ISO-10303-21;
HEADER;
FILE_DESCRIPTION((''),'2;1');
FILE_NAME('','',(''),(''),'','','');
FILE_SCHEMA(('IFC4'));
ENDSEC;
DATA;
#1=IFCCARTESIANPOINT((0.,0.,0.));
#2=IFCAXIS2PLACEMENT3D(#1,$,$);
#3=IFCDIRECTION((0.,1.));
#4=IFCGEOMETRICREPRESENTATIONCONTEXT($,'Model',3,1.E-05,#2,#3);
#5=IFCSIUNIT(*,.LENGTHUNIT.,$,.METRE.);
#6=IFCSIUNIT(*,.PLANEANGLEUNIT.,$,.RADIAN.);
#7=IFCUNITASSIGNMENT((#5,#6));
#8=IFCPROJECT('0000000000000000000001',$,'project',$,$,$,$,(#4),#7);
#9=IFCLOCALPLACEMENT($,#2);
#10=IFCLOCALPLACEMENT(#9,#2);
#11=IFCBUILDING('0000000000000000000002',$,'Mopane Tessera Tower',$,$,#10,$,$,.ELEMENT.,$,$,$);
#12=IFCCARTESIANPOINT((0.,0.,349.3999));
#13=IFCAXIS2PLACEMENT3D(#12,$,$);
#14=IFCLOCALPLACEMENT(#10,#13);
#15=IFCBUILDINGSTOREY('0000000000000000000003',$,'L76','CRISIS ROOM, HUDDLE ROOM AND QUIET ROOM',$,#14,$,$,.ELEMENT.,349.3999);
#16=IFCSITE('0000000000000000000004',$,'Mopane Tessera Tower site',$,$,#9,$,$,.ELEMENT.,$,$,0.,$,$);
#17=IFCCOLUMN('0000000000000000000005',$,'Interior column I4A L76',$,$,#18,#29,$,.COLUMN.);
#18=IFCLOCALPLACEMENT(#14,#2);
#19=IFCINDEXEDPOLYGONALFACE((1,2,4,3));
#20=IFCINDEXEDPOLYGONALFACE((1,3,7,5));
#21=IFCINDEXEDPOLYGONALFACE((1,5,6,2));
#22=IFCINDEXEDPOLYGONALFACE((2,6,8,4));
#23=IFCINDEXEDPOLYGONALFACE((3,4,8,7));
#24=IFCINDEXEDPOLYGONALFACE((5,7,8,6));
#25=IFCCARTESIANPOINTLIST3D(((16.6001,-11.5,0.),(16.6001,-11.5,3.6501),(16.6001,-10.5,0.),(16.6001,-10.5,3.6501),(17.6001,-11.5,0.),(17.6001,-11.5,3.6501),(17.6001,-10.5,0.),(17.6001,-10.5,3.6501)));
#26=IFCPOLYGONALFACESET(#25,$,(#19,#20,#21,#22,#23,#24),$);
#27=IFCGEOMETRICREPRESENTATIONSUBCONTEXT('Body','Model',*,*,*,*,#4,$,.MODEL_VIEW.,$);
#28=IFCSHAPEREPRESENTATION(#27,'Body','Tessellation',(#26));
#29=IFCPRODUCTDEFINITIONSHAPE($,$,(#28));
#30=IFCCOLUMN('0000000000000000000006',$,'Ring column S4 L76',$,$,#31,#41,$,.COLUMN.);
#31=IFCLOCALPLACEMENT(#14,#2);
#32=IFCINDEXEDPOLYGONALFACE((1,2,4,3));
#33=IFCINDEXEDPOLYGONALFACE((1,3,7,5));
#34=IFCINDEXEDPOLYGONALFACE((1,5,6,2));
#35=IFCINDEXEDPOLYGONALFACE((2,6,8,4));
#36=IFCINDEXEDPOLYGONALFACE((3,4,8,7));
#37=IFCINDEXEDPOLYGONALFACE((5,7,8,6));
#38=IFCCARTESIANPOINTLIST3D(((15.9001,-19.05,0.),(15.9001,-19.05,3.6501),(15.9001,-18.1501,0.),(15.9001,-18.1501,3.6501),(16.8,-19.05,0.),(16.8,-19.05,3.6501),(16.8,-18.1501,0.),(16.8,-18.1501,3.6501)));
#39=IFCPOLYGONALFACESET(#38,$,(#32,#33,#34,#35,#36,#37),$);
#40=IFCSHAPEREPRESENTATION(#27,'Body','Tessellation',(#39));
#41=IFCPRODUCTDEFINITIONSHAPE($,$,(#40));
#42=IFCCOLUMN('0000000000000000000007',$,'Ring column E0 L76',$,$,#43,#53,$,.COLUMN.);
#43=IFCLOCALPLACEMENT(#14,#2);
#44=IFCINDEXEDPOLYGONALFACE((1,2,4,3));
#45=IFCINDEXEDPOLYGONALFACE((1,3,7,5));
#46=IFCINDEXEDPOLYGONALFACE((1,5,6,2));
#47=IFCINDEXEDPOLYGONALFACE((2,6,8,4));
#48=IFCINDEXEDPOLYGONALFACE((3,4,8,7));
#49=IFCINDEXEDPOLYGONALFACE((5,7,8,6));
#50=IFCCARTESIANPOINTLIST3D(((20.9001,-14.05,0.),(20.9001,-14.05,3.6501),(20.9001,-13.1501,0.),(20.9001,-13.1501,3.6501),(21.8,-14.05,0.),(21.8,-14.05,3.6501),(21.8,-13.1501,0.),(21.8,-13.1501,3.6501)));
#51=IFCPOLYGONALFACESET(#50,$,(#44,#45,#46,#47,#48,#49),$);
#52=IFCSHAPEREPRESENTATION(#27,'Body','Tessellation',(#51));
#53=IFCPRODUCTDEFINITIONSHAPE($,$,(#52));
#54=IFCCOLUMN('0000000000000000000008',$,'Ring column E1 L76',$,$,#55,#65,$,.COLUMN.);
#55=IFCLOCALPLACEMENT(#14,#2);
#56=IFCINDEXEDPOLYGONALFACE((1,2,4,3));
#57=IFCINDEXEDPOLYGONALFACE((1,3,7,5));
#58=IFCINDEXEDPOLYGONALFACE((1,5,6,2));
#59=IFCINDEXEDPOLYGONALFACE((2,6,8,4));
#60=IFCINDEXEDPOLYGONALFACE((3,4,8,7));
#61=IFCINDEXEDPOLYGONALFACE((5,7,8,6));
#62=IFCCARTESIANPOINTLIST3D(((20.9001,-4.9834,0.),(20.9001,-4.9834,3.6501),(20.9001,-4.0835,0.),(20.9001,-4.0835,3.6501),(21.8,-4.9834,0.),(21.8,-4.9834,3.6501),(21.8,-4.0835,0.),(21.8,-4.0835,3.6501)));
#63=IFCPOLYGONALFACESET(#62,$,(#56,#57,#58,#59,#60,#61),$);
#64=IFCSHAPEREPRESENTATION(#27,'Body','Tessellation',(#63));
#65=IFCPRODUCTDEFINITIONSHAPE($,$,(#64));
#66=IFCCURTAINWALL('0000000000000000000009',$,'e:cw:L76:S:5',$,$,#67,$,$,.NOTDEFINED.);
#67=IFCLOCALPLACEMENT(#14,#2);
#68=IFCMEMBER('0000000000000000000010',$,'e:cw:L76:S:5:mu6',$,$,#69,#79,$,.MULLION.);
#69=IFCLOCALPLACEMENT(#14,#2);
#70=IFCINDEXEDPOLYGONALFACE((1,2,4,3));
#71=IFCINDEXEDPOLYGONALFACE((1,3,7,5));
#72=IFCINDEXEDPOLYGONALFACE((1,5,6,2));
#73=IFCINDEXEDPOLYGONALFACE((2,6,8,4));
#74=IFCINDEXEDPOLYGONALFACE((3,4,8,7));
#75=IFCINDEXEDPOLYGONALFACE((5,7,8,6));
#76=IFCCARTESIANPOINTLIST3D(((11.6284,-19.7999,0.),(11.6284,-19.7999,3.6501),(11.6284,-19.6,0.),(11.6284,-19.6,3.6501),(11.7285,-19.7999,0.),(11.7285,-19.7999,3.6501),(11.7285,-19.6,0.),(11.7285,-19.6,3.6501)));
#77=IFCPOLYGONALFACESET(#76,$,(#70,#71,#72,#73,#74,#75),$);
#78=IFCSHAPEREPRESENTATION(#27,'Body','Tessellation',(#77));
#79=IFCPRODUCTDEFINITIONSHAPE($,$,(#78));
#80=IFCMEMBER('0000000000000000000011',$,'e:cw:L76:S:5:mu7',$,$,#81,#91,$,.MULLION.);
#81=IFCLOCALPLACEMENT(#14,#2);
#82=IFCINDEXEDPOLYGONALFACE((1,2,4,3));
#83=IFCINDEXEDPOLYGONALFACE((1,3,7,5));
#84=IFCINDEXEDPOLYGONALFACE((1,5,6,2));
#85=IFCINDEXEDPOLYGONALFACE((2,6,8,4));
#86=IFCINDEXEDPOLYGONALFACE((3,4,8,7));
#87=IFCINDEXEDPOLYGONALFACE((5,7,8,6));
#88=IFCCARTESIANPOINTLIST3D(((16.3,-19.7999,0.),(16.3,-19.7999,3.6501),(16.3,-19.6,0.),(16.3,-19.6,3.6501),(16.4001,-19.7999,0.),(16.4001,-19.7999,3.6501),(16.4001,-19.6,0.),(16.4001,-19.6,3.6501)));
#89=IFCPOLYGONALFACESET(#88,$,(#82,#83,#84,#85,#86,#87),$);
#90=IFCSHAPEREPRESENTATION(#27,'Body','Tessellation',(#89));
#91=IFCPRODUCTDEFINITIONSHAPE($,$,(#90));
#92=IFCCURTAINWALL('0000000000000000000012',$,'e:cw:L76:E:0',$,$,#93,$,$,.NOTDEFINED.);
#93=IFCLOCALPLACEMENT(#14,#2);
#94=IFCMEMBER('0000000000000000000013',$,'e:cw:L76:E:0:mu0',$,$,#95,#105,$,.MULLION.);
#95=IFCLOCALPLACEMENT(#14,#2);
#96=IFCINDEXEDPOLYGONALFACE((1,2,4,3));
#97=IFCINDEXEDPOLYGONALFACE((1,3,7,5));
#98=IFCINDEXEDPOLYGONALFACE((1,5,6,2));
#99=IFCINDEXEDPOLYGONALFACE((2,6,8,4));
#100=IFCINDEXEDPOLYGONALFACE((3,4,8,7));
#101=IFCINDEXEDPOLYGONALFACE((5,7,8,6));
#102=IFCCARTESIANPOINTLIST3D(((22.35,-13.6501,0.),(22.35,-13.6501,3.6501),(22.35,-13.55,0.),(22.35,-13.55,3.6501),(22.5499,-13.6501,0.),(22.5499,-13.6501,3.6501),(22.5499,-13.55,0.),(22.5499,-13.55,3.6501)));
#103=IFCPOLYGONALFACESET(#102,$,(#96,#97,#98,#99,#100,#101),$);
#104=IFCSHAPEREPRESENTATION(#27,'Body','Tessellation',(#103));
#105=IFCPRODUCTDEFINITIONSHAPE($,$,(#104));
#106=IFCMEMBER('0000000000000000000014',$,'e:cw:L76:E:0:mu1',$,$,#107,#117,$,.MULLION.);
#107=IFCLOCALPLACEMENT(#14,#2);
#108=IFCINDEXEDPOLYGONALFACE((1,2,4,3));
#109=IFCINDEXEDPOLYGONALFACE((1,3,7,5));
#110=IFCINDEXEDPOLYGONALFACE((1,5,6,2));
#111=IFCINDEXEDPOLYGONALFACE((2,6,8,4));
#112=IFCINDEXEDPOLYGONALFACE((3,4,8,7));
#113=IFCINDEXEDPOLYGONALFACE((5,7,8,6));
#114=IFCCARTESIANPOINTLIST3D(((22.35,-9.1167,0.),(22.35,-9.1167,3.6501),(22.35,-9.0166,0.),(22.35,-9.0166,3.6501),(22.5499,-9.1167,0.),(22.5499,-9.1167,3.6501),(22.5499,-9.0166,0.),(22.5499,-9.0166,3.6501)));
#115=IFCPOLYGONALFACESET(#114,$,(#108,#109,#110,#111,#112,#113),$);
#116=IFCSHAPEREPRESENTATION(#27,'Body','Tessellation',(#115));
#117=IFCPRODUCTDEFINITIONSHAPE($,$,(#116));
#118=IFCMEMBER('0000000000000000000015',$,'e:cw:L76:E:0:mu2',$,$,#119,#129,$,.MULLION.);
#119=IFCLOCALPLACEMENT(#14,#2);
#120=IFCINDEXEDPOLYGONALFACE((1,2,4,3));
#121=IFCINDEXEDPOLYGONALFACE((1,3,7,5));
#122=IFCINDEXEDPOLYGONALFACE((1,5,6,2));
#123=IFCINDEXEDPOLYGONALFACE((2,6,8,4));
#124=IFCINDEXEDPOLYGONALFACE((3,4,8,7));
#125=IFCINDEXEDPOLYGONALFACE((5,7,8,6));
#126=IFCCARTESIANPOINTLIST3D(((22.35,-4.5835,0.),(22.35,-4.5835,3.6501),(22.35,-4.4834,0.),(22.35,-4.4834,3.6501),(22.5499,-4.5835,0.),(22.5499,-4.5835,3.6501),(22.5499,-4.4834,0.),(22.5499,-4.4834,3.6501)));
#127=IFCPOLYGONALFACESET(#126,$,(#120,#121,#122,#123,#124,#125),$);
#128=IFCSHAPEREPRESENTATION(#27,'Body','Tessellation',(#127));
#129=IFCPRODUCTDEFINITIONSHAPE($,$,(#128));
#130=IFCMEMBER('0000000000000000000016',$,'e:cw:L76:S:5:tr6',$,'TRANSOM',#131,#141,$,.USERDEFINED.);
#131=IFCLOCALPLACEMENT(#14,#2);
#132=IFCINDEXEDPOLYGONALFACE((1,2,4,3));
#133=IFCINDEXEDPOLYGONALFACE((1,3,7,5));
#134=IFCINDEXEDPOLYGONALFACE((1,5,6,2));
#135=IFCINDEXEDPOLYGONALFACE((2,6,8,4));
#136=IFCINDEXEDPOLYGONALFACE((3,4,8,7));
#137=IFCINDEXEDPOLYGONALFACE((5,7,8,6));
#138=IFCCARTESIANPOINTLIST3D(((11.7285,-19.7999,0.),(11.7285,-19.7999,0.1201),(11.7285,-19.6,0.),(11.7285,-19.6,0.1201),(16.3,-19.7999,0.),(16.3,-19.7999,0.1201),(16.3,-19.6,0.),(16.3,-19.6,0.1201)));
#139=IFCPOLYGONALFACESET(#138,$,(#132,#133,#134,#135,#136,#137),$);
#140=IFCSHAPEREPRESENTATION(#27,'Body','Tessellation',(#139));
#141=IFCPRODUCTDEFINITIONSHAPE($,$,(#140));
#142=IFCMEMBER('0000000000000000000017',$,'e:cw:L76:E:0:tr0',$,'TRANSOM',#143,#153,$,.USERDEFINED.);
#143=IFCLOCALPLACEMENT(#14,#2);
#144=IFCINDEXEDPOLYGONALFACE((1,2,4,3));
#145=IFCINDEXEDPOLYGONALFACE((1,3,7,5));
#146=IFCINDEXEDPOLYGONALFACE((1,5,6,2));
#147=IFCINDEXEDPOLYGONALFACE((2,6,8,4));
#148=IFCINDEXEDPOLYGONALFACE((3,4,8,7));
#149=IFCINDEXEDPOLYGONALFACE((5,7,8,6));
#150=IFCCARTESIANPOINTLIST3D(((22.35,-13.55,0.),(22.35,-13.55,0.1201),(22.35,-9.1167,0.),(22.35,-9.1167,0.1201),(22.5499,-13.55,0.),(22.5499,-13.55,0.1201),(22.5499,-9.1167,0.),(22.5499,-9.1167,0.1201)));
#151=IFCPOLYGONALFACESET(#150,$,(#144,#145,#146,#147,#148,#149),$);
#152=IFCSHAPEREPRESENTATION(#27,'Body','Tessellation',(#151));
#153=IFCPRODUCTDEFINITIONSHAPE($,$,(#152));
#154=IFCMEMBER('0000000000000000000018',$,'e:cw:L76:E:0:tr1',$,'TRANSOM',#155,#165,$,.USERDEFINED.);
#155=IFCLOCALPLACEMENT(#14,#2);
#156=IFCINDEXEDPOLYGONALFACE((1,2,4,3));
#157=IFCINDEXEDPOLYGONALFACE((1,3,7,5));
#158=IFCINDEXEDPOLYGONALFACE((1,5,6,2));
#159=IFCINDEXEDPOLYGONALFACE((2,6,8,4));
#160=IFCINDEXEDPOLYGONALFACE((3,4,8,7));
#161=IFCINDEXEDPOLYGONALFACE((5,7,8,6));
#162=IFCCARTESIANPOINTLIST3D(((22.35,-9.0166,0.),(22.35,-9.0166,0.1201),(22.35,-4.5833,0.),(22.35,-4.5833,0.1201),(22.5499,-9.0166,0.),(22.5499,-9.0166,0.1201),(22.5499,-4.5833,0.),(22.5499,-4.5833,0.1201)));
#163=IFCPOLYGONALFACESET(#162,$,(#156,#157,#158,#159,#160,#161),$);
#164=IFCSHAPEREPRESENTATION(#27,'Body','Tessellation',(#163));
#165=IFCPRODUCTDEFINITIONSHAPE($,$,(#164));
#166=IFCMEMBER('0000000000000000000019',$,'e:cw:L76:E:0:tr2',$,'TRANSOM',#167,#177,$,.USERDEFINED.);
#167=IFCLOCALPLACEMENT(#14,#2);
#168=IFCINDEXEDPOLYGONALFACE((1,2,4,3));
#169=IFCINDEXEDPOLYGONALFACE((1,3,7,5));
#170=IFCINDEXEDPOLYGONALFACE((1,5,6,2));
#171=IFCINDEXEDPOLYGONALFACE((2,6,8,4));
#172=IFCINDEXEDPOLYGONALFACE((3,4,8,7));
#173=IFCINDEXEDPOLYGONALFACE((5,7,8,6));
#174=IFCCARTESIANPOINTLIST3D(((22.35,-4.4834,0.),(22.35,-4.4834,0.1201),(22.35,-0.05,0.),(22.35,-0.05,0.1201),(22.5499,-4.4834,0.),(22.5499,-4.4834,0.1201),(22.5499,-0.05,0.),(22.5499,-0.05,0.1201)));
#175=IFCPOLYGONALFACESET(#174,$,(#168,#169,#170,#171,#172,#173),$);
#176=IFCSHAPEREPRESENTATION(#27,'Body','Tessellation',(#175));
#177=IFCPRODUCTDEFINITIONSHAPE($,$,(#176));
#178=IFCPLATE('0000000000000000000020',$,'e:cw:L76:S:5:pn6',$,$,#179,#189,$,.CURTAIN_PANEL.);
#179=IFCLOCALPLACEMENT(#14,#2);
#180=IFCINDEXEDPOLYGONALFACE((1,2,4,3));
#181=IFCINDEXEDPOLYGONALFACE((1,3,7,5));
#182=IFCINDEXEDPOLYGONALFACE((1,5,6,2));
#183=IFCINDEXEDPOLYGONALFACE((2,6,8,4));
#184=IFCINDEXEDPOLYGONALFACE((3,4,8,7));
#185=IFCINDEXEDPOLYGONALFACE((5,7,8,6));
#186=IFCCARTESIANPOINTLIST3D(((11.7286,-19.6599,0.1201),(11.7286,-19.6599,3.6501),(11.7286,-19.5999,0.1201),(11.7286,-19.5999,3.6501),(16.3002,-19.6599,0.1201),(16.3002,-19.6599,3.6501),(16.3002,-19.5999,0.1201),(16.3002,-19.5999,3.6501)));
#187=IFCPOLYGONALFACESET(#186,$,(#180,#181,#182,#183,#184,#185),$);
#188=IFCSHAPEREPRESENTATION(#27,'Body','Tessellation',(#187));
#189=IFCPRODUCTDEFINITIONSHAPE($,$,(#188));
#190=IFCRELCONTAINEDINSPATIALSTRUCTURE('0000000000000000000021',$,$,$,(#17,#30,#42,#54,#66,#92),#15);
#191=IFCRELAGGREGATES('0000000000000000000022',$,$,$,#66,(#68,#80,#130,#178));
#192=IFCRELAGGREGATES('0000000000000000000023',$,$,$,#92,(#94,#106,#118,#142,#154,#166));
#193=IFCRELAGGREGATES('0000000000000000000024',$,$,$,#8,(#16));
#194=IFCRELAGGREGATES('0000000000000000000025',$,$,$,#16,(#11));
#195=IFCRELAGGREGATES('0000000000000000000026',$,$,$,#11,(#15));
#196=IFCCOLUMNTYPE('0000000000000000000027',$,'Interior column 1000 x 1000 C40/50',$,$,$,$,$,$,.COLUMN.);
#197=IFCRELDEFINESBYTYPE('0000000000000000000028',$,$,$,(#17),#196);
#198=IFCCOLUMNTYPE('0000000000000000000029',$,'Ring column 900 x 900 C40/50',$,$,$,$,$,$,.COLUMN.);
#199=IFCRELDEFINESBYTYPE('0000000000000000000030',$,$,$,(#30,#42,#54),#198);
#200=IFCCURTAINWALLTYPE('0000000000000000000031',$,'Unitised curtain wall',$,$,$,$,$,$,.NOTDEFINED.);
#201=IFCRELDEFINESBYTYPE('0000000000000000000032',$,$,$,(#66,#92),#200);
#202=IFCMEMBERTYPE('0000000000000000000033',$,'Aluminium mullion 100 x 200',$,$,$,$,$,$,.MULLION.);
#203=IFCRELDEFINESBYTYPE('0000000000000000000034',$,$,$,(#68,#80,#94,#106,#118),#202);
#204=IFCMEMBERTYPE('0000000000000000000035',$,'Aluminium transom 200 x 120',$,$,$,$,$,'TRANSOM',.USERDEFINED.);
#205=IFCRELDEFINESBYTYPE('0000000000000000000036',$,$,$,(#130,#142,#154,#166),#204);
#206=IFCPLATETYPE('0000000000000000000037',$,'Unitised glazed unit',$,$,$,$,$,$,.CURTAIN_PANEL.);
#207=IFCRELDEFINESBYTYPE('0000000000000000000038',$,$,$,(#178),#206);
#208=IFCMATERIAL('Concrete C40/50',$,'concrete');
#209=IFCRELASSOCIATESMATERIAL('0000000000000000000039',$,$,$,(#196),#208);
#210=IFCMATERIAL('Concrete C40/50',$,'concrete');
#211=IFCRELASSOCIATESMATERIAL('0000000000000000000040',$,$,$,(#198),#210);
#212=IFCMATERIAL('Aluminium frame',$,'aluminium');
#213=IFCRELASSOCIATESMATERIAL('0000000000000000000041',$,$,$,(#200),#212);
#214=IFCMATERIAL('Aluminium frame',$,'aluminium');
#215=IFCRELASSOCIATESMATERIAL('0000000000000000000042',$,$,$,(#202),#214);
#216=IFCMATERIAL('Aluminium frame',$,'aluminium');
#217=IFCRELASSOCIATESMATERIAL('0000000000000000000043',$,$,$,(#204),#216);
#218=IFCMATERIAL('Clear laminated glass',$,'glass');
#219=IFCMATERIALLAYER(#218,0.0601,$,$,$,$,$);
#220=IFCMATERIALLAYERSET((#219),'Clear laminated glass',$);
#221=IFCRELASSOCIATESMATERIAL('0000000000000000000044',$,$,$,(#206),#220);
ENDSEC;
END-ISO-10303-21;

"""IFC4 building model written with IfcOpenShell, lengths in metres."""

from ifc_helpers import new_model, si_unit, direction, frame, origin, origin_2d, place, context, subcontext, project, spatial, rectangle, extrude, material, layer, layer_set, material_profile, profile_set, type_object, element, aggregate, save


model = new_model("IFC4")

# Units and contexts
model_context = context("Model", 3, precision=1e-05, world=origin(), true_north=direction((0.0, 1.0)))
body_context = subcontext(model_context, "Body", "Model", "MODEL_VIEW")
ifc_project = project(units=[si_unit("LENGTHUNIT", "METRE"), si_unit("PLANEANGLEUNIT", "RADIAN")], contexts=[model_context])

# Site, building, storey
site_placement = place(None, origin())
site = spatial("IfcSite", under=ifc_project, at=site_placement, Name="Mopane Tessera Tower site", CompositionType="ELEMENT", RefElevation=0.0)
building_placement = place(site_placement, origin())
building = spatial("IfcBuilding", under=site, at=building_placement, Name="Mopane Tessera Tower", CompositionType="ELEMENT")
storey_placement = place(building_placement, frame((0.0, 0.0, 349.3999)))
storey = spatial("IfcBuildingStorey", under=building, at=storey_placement, Name="L76", Description="CRISIS ROOM, HUDDLE ROOM AND QUIET ROOM", CompositionType="ELEMENT", Elevation=349.3999)

# Columns
ifc_material_1 = material(Name="Concrete C40/50", Category="concrete")
ifc_material_profile_1 = material_profile(ifc_material_1, rectangle(XDim=1.0, YDim=1.0, at=origin_2d()))
ifc_profile_set_1 = profile_set([ifc_material_profile_1], Name="Concrete C40/50")
column_type_1 = type_object("IfcColumnType", Name="Interior column 1000 x 1000 C40/50", PredefinedType="COLUMN", material=ifc_profile_set_1)
column_placement = place(storey_placement, frame((17.1001, -11.0, 0.0), z_axis=(0.0, 0.0, 1.0), x_axis=(1.0, 0.0, 0.0)))
element("IfcColumn", 1, at=column_placement, inside=storey, type_object=column_type_1, Name="Interior column I4A L76", PredefinedType="COLUMN", context=body_context, shape_type="SweptSolid", body=[
    extrude(rectangle(XDim=1.0, YDim=1.0, at=origin_2d()), origin(), (0.0, 0.0, 1.0), 3.6501),
])
ifc_material_2 = material(Name="Concrete C40/50", Category="concrete")
ifc_material_profile_2 = material_profile(ifc_material_2, rectangle(XDim=0.8999, YDim=0.8999, at=origin_2d()))
ifc_profile_set_2 = profile_set([ifc_material_profile_2], Name="Concrete C40/50")
column_type_2 = type_object("IfcColumnType", Name="Ring column 900 x 900 C40/50", PredefinedType="COLUMN", material=ifc_profile_set_2)
for number, where, z_axis, x_axis, name in (
    (2, (16.3501, -18.6001, 0.0), (0.0, 0.0, 1.0), (1.0, 0.0, 0.0), "Ring column S4 L76"),
    (3, (21.3501, -13.6001, 0.0), (0.0, 0.0, 1.0), (1.0, 0.0, 0.0), "Ring column E0 L76"),
    (4, (21.3501, -4.5334, 0.0), (0.0, 0.0, 1.0), (1.0, 0.0, 0.0), "Ring column E1 L76"),
):
    element("IfcColumn", number, at=place(storey_placement, frame(where, z_axis=z_axis, x_axis=x_axis)), inside=storey, type_object=column_type_2, Name=name, PredefinedType="COLUMN", context=body_context, shape_type="SweptSolid", body=[
        extrude(rectangle(XDim=0.8999, YDim=0.8999, at=origin_2d()), origin(), (0.0, 0.0, 1.0), 3.6501),
    ])

# Curtain walls, members
ifc_material_3 = material(Name="Aluminium frame", Category="aluminium")
curtain_wall_type = type_object("IfcCurtainWallType", Name="Unitised curtain wall", PredefinedType="NOTDEFINED", material=ifc_material_3)
curtain_wall_1_placement = place(storey_placement, origin())
curtain_wall_1 = element("IfcCurtainWall", 5, at=curtain_wall_1_placement, inside=storey, type_object=curtain_wall_type, Name="e:cw:L76:S:5", PredefinedType="NOTDEFINED")
ifc_material_4 = material(Name="Aluminium frame", Category="aluminium")
ifc_material_profile_3 = material_profile(ifc_material_4, rectangle(XDim=0.1001, YDim=0.2, at=origin_2d()))
ifc_profile_set_3 = profile_set([ifc_material_profile_3], Name="Aluminium frame")
member_type_1 = type_object("IfcMemberType", Name="Aluminium mullion 100 x 200", PredefinedType="MULLION", material=ifc_profile_set_3)
member_1_placement = place(storey_placement, frame((11.6785, -19.7, 0.0), z_axis=(0.0, 0.0, 1.0), x_axis=(1.0, 0.0, 0.0)))
member_1 = element("IfcMember", 6, at=member_1_placement, type_object=member_type_1, Name="e:cw:L76:S:5:mu6", PredefinedType="MULLION", context=body_context, shape_type="SweptSolid", body=[
    extrude(rectangle(XDim=0.1001, YDim=0.2, at=origin_2d()), origin(), (0.0, 0.0, 1.0), 3.6501),
])
member_2_placement = place(storey_placement, frame((16.3501, -19.7, 0.0), z_axis=(0.0, 0.0, 1.0), x_axis=(1.0, 0.0, 0.0)))
member_2 = element("IfcMember", 7, at=member_2_placement, type_object=member_type_1, Name="e:cw:L76:S:5:mu7", PredefinedType="MULLION", context=body_context, shape_type="SweptSolid", body=[
    extrude(rectangle(XDim=0.1001, YDim=0.2, at=origin_2d()), origin(), (0.0, 0.0, 1.0), 3.6501),
])
curtain_wall_2_placement = place(storey_placement, origin())
curtain_wall_2 = element("IfcCurtainWall", 8, at=curtain_wall_2_placement, inside=storey, type_object=curtain_wall_type, Name="e:cw:L76:E:0", PredefinedType="NOTDEFINED")
member_3_placement = place(storey_placement, frame((22.45, -13.6001, 0.0), z_axis=(0.0, 0.0, 1.0), x_axis=(0.0, 1.0, 0.0)))
member_3 = element("IfcMember", 9, at=member_3_placement, type_object=member_type_1, Name="e:cw:L76:E:0:mu0", PredefinedType="MULLION", context=body_context, shape_type="SweptSolid", body=[
    extrude(rectangle(XDim=0.1001, YDim=0.2, at=origin_2d()), origin(), (0.0, 0.0, 1.0), 3.6501),
])
member_4_placement = place(storey_placement, frame((22.45, -9.0667, 0.0), z_axis=(0.0, 0.0, 1.0), x_axis=(0.0, 1.0, 0.0)))
member_4 = element("IfcMember", 10, at=member_4_placement, type_object=member_type_1, Name="e:cw:L76:E:0:mu1", PredefinedType="MULLION", context=body_context, shape_type="SweptSolid", body=[
    extrude(rectangle(XDim=0.1001, YDim=0.2, at=origin_2d()), origin(), (0.0, 0.0, 1.0), 3.6501),
])
member_5_placement = place(storey_placement, frame((22.45, -4.5334, 0.0), z_axis=(0.0, 0.0, 1.0), x_axis=(0.0, 1.0, 0.0)))
member_5 = element("IfcMember", 11, at=member_5_placement, type_object=member_type_1, Name="e:cw:L76:E:0:mu2", PredefinedType="MULLION", context=body_context, shape_type="SweptSolid", body=[
    extrude(rectangle(XDim=0.1001, YDim=0.2, at=origin_2d()), origin(), (0.0, 0.0, 1.0), 3.6501),
])

# Members
ifc_material_5 = material(Name="Aluminium frame", Category="aluminium")
ifc_material_profile_4 = material_profile(ifc_material_5, rectangle(XDim=0.2, YDim=0.1201, at=origin_2d()))
ifc_profile_set_4 = profile_set([ifc_material_profile_4], Name="Aluminium frame")
member_type_2 = type_object("IfcMemberType", Name="Aluminium transom 200 x 120", ElementType="TRANSOM", PredefinedType="USERDEFINED", material=ifc_profile_set_4)
member_6_placement = place(storey_placement, frame((11.7285, -19.7, 0.0601), z_axis=(1.0, 0.0, 0.0), x_axis=(0.0, 1.0, 0.0)))
member_6 = element("IfcMember", 12, at=member_6_placement, type_object=member_type_2, Name="e:cw:L76:S:5:tr6", ObjectType="TRANSOM", PredefinedType="USERDEFINED", context=body_context, shape_type="SweptSolid", body=[
    extrude(rectangle(XDim=0.2, YDim=0.1201, at=origin_2d()), origin(), (0.0, 0.0, 1.0), 4.5715),
])
member_7_placement = place(storey_placement, frame((22.45, -13.55, 0.0601), z_axis=(0.0, 1.0, 0.0), x_axis=(-1.0, 0.0, 0.0)))
member_7 = element("IfcMember", 13, at=member_7_placement, type_object=member_type_2, Name="e:cw:L76:E:0:tr0", ObjectType="TRANSOM", PredefinedType="USERDEFINED", context=body_context, shape_type="SweptSolid", body=[
    extrude(rectangle(XDim=0.2, YDim=0.1201, at=origin_2d()), origin(), (0.0, 0.0, 1.0), 4.4333),
])
member_8_placement = place(storey_placement, frame((22.45, -9.0166, 0.0601), z_axis=(0.0, 1.0, 0.0), x_axis=(-1.0, 0.0, 0.0)))
member_8 = element("IfcMember", 14, at=member_8_placement, type_object=member_type_2, Name="e:cw:L76:E:0:tr1", ObjectType="TRANSOM", PredefinedType="USERDEFINED", context=body_context, shape_type="SweptSolid", body=[
    extrude(rectangle(XDim=0.2, YDim=0.1201, at=origin_2d()), origin(), (0.0, 0.0, 1.0), 4.4333),
])
member_9_placement = place(storey_placement, frame((22.45, -4.4834, 0.0601), z_axis=(0.0, 1.0, 0.0), x_axis=(-1.0, 0.0, 0.0)))
member_9 = element("IfcMember", 15, at=member_9_placement, type_object=member_type_2, Name="e:cw:L76:E:0:tr2", ObjectType="TRANSOM", PredefinedType="USERDEFINED", context=body_context, shape_type="SweptSolid", body=[
    extrude(rectangle(XDim=0.2, YDim=0.1201, at=origin_2d()), origin(), (0.0, 0.0, 1.0), 4.4333),
])

# Plate
ifc_material_6 = material(Name="Clear laminated glass", Category="glass")
ifc_layer_1 = layer(ifc_material_6, 0.0601)
ifc_layer_set_1 = layer_set([ifc_layer_1], Name="Clear laminated glass")
plate_type = type_object("IfcPlateType", Name="Unitised glazed unit", PredefinedType="CURTAIN_PANEL", material=ifc_layer_set_1)
plate_1_placement = place(storey_placement, frame((14.0144, -19.6299, 0.1201), z_axis=(0.0, 0.0, 1.0), x_axis=(1.0, 0.0, 0.0)))
plate_1 = element("IfcPlate", 16, at=plate_1_placement, type_object=plate_type, Name="e:cw:L76:S:5:pn6", PredefinedType="CURTAIN_PANEL", context=body_context, shape_type="SweptSolid", body=[
    extrude(rectangle(XDim=4.5715, YDim=0.0601, at=origin_2d()), origin(), (0.0, 0.0, 1.0), 3.53),
])
aggregate(curtain_wall_1, [member_1, member_2, member_6, plate_1])
aggregate(curtain_wall_2, [member_3, member_4, member_5, member_7, member_8, member_9])

save(model, "model.ifc")
